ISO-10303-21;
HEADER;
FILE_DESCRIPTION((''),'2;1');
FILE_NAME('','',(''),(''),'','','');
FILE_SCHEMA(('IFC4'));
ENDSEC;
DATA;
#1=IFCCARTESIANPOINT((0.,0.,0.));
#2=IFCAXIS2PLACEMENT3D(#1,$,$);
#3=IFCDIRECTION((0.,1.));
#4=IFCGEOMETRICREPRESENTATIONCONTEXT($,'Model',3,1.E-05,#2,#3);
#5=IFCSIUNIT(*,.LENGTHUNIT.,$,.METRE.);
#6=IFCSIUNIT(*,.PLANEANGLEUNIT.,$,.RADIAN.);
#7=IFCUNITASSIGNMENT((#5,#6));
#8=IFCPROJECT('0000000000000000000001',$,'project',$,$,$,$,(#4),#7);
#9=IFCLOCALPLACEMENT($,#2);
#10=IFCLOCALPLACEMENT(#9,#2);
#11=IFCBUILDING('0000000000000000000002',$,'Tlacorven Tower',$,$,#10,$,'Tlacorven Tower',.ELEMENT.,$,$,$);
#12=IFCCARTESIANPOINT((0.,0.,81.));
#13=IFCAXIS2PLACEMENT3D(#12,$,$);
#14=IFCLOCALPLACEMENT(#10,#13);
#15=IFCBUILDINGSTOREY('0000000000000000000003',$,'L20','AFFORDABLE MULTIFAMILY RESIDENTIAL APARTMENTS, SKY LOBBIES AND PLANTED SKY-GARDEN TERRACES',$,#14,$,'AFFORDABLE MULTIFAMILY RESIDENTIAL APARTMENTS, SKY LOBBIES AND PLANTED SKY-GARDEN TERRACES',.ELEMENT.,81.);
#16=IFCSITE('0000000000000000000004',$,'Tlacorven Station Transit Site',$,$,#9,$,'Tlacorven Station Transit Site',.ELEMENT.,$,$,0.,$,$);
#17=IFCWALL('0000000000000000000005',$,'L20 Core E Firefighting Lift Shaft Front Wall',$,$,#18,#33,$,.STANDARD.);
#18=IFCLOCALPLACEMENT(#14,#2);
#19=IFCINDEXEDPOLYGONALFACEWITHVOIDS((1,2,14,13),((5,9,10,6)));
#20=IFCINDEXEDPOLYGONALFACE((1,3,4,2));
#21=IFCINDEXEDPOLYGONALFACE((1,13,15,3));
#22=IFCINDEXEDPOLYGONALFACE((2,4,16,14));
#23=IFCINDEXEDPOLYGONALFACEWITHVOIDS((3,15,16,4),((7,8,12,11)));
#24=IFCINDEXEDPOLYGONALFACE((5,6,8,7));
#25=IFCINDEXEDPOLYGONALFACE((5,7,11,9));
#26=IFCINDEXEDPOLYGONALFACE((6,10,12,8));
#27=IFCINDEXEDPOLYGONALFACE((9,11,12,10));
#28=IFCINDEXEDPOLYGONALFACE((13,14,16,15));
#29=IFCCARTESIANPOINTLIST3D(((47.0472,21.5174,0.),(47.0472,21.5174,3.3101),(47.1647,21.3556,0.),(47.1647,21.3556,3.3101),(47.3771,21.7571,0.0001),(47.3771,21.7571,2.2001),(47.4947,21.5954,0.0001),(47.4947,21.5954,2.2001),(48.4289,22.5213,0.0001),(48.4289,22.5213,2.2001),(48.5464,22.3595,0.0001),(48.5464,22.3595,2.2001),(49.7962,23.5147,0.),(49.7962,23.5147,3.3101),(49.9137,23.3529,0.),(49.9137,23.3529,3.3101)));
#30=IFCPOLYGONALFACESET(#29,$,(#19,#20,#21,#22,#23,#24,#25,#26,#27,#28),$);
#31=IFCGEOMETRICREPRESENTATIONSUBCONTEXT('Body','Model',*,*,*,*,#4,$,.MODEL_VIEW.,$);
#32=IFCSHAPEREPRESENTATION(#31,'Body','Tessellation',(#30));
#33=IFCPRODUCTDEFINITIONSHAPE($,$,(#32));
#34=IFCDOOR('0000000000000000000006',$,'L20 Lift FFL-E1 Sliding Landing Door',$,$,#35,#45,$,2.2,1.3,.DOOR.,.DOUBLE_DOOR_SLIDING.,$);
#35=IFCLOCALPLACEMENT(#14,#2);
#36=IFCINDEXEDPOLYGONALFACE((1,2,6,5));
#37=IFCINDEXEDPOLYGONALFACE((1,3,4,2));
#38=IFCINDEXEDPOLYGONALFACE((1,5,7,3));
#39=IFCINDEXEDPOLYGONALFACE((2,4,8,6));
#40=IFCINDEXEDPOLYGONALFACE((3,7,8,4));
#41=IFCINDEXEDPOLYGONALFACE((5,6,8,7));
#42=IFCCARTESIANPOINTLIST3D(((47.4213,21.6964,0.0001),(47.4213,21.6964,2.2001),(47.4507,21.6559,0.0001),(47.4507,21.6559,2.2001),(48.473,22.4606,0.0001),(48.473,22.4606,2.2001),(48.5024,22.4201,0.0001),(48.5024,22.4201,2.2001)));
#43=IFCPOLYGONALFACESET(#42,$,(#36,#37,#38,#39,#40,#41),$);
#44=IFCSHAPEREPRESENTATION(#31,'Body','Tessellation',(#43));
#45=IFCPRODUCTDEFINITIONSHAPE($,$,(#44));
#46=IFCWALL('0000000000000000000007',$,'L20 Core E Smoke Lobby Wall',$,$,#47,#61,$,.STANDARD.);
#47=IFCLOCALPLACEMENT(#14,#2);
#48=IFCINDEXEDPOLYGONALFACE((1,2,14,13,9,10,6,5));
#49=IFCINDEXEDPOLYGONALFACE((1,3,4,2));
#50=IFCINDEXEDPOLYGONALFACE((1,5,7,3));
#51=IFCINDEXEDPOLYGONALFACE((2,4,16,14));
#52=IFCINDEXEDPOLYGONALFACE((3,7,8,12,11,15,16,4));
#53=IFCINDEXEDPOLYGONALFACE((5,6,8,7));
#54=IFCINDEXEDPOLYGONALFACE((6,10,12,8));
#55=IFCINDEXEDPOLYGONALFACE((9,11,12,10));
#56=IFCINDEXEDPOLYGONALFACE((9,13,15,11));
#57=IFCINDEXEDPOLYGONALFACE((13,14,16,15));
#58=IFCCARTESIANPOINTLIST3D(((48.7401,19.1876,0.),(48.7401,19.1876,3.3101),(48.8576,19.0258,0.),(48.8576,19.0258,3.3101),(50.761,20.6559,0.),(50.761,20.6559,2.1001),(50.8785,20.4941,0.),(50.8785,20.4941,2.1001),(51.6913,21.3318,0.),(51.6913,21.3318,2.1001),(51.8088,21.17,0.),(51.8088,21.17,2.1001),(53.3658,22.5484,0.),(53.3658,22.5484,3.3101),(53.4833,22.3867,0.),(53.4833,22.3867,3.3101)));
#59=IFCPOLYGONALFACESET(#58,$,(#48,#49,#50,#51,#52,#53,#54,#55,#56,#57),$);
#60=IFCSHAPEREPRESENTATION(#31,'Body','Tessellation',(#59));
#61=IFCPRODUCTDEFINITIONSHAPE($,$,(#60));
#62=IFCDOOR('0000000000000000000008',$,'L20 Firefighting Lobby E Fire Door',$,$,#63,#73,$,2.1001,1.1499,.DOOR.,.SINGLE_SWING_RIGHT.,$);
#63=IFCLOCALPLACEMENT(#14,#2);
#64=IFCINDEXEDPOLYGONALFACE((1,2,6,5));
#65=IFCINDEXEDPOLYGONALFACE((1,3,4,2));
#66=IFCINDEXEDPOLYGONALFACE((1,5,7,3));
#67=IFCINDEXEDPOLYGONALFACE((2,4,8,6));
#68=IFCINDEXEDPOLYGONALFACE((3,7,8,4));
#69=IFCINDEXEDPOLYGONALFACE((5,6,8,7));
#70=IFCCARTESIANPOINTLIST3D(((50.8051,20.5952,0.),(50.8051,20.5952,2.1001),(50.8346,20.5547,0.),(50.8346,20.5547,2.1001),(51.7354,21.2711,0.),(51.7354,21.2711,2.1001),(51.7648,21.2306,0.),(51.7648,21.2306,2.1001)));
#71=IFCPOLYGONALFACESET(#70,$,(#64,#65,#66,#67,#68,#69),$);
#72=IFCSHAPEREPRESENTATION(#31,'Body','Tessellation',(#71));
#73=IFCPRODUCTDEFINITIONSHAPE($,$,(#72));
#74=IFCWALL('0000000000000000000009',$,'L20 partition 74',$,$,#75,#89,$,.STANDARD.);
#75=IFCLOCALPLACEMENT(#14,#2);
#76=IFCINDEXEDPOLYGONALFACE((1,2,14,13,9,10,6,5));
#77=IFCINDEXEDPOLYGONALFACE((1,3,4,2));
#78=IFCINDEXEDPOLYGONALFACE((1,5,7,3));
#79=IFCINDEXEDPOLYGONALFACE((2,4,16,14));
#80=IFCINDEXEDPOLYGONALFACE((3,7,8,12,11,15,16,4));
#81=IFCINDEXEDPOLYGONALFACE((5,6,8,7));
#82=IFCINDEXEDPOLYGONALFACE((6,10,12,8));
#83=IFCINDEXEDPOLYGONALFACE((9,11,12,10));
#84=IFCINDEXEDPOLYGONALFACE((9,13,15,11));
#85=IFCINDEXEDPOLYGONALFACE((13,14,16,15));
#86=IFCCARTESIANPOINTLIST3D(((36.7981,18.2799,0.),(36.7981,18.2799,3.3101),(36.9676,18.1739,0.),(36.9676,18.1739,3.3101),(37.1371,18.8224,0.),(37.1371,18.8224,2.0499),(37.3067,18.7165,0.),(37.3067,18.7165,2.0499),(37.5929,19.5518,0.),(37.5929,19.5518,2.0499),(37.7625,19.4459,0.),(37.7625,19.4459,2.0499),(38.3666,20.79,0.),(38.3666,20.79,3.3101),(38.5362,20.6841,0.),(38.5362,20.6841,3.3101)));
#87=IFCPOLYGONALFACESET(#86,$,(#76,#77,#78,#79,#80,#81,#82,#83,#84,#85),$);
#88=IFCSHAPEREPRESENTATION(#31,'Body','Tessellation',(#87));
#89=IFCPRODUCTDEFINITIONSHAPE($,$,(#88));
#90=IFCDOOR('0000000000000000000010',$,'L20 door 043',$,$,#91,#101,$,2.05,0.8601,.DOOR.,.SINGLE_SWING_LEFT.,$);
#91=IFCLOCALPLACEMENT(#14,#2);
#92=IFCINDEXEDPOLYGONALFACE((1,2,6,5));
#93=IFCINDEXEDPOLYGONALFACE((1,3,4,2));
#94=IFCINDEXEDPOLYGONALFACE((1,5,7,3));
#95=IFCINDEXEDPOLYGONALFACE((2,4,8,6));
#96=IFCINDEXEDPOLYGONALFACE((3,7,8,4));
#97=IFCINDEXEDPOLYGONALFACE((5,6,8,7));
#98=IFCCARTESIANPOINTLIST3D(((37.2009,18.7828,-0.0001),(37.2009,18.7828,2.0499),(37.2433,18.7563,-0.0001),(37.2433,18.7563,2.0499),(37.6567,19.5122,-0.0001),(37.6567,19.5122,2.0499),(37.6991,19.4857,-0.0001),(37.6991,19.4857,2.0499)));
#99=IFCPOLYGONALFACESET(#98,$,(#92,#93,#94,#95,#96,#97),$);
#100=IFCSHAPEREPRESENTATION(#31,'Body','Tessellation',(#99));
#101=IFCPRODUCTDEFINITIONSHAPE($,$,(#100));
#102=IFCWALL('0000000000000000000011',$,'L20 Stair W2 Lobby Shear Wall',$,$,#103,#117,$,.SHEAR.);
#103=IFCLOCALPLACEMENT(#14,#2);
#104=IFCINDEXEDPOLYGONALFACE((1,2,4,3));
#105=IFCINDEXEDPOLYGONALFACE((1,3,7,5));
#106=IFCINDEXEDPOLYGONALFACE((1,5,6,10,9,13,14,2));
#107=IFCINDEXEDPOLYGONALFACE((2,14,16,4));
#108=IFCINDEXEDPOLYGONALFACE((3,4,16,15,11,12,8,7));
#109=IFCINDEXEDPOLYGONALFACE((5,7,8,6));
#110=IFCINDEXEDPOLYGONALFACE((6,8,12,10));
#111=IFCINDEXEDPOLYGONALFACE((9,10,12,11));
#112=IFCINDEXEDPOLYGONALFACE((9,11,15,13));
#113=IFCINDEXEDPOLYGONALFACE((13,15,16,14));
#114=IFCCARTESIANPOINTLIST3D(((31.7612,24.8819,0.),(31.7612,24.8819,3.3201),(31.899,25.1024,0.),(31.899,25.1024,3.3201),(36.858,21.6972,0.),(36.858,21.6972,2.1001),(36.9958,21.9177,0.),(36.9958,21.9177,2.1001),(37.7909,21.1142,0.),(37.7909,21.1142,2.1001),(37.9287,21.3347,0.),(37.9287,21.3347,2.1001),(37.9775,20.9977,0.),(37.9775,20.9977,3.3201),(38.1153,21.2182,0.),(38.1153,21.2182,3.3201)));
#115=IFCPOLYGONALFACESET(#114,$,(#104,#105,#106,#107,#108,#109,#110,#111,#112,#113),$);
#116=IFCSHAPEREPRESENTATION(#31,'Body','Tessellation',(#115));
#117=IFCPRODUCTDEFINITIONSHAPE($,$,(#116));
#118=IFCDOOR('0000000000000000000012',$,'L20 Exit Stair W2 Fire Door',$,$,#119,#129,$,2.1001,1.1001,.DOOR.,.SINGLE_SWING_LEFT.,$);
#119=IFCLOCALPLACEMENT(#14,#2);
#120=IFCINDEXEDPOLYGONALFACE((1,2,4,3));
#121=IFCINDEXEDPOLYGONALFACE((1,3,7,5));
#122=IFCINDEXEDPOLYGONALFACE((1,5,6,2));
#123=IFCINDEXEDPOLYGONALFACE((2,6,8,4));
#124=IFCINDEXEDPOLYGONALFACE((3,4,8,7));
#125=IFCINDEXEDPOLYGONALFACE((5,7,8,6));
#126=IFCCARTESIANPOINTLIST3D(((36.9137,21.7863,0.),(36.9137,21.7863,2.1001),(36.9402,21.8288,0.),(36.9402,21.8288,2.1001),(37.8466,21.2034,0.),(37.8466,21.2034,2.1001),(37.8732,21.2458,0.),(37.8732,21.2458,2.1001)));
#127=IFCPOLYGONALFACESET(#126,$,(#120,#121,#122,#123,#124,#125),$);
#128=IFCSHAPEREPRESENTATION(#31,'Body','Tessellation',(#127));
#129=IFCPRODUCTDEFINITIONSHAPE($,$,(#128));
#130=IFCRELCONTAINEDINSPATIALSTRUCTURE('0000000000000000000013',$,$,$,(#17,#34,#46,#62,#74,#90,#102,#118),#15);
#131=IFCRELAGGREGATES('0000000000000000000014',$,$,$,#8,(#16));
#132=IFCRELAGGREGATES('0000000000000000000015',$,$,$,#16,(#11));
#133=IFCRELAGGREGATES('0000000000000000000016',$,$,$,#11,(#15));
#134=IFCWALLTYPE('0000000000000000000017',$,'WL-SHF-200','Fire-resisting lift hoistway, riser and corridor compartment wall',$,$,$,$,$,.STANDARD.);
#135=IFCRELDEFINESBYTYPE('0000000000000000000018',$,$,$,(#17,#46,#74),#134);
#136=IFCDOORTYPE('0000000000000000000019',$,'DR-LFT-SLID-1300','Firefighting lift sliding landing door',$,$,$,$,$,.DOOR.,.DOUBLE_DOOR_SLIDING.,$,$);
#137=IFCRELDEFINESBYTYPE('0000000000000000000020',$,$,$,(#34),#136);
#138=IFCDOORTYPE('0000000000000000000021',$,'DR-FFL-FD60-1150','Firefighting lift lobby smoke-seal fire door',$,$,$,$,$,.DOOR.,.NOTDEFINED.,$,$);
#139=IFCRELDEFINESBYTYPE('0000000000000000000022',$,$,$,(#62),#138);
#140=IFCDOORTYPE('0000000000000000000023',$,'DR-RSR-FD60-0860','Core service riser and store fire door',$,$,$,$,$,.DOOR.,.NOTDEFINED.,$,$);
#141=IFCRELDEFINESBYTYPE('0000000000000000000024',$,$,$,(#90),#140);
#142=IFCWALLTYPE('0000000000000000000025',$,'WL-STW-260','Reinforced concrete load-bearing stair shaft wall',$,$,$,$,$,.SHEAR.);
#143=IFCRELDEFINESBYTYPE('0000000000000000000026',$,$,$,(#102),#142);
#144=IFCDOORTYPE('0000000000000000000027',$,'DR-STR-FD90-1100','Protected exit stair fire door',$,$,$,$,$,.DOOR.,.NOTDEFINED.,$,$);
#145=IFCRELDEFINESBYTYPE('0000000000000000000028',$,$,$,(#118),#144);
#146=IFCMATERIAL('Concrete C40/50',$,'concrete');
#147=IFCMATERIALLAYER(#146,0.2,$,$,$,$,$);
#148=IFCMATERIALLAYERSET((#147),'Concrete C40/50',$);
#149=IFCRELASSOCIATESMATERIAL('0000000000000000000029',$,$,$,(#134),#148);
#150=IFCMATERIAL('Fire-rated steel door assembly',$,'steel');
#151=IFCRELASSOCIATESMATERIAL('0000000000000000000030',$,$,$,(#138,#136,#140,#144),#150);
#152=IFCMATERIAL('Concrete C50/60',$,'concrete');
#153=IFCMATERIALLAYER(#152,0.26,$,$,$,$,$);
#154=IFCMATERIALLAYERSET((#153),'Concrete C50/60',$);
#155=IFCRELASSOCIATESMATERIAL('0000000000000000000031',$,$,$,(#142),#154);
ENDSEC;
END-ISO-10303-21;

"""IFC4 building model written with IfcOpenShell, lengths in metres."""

from ifc_helpers import new_model, si_unit, direction, frame, frame_2d, origin, place, context, subcontext, project, spatial, rectangle, extrude, source, transform, mapped, material, layer, layer_set, type_object, element, fill, save


model = new_model("IFC4")

# Units and contexts
model_context = context("Model", 3, precision=1e-05, world=origin(), true_north=direction((0.0, 1.0)))
body_context = subcontext(model_context, "Body", "Model", "MODEL_VIEW")
ifc_project = project(units=[si_unit("LENGTHUNIT", "METRE"), si_unit("PLANEANGLEUNIT", "RADIAN")], contexts=[model_context])

# Site, building, storey
site_placement = place(None, origin())
site = spatial("IfcSite", under=ifc_project, at=site_placement, Name="Tlacorven Station Transit Site", LongName="Tlacorven Station Transit Site", CompositionType="ELEMENT", RefElevation=0.0)
building_placement = place(site_placement, origin())
building = spatial("IfcBuilding", under=site, at=building_placement, Name="Tlacorven Tower", LongName="Tlacorven Tower", CompositionType="ELEMENT")
storey_placement = place(building_placement, frame((0.0, 0.0, 81.0)))
storey = spatial("IfcBuildingStorey", under=building, at=storey_placement, Name="L20", Description="AFFORDABLE MULTIFAMILY RESIDENTIAL APARTMENTS, SKY LOBBIES AND PLANTED SKY-GARDEN TERRACES", LongName="AFFORDABLE MULTIFAMILY RESIDENTIAL APARTMENTS, SKY LOBBIES AND PLANTED SKY-GARDEN TERRACES", CompositionType="ELEMENT", Elevation=81.0)

# Shared definitions
ifc_material_1 = material(Name="Fire-rated steel door assembly", Category="steel")

# Walls, openings, doors
ifc_material_2 = material(Name="Concrete C40/50", Category="concrete")
ifc_layer_1 = layer(ifc_material_2, 0.2)
ifc_layer_set_1 = layer_set([ifc_layer_1], Name="Concrete C40/50")
wall_type_1 = type_object("IfcWallType", Name="WL-SHF-200", Description="Fire-resisting lift hoistway, riser and corridor compartment wall", PredefinedType="STANDARD", material=ifc_layer_set_1)
door_type_1 = type_object("IfcDoorType", Name="DR-FFL-FD60-1150", Description="Firefighting lift lobby smoke-seal fire door", OperationType="NOTDEFINED", PredefinedType="DOOR", material=ifc_material_1)
shared_shape_1 = source(origin(), body_context, "Body", "SweptSolid", [
    extrude(rectangle(XDim=1.1499, YDim=2.1001, at=frame_2d((0.575, 1.05))), frame((0.0, 0.0249, 0.0), z_axis=(0.0, -1.0, 0.0), x_axis=(1.0, 0.0, 0.0)), (0.0, 0.0, 1.0), 0.05),
])
wall_1_placement = place(storey_placement, frame((47.106, 21.4365, 0.0), z_axis=(0.0, 0.0, 1.0), x_axis=(0.809013, 0.587791, 0.0)))
wall_1 = element("IfcWall", 1, at=wall_1_placement, inside=storey, type_object=wall_type_1, Name="L20 Core E Firefighting Lift Shaft Front Wall", PredefinedType="STANDARD", context=body_context, shape_type="SweptSolid", body=[
    extrude(rectangle(XDim=3.3979, YDim=0.2, at=frame_2d((1.699, 0.0))), origin(), (0.0, 0.0, 1.0), 3.3101),
])
opening_1_placement = place(wall_1_placement, frame((0.408, 0.0, 0.0)))
opening_1 = element("IfcOpeningElement", 2, at=opening_1_placement, cuts=wall_1, PredefinedType="OPENING", context=body_context, shape_type="SweptSolid", body=[
    extrude(rectangle(XDim=1.3, YDim=2.2, at=frame_2d((0.6499, 1.1001))), frame((0.0, 0.1099, 0.0), z_axis=(0.0, -1.0, 0.0), x_axis=(1.0, 0.0, 0.0)), (0.0, 0.0, 1.0), 0.22),
])
door_type_2 = type_object("IfcDoorType", Name="DR-LFT-SLID-1300", Description="Firefighting lift sliding landing door", OperationType="DOUBLE_DOOR_SLIDING", PredefinedType="DOOR", material=ifc_material_1)
shared_shape_2 = source(origin(), body_context, "Body", "SweptSolid", [
    extrude(rectangle(XDim=1.3, YDim=2.2, at=frame_2d((0.6499, 1.1001))), frame((0.0, 0.0249, 0.0), z_axis=(0.0, -1.0, 0.0), x_axis=(1.0, 0.0, 0.0)), (0.0, 0.0, 1.0), 0.05),
])
door_1_placement = place(opening_1_placement, origin())
door_1 = element("IfcDoor", 3, at=door_1_placement, inside=storey, type_object=door_type_2, Name="L20 Lift FFL-E1 Sliding Landing Door", OperationType="DOUBLE_DOOR_SLIDING", OverallHeight=2.2, OverallWidth=1.3, PredefinedType="DOOR", context=body_context, shape_type="MappedRepresentation", body=[
    mapped(shared_shape_2, transform((0.0, 0.0, 0.0), scale=1.0)),
])
fill(opening_1, door_1)
wall_2_placement = place(storey_placement, frame((48.7988, 19.1067, 0.0), z_axis=(0.0, 0.0, 1.0), x_axis=(0.809013, 0.587791, 0.0)))
wall_2 = element("IfcWall", 4, at=wall_2_placement, inside=storey, type_object=wall_type_1, Name="L20 Core E Smoke Lobby Wall", PredefinedType="STANDARD", context=body_context, shape_type="SweptSolid", body=[
    extrude(rectangle(XDim=5.7178, YDim=0.2, at=frame_2d((2.8589, 0.0))), origin(), (0.0, 0.0, 1.0), 3.3101),
])
opening_2_placement = place(wall_2_placement, frame((2.498, 0.0, 0.0)))
opening_2 = element("IfcOpeningElement", 5, at=opening_2_placement, cuts=wall_2, PredefinedType="OPENING", context=body_context, shape_type="SweptSolid", body=[
    extrude(rectangle(XDim=1.1499, YDim=2.1001, at=frame_2d((0.575, 1.05))), frame((0.0, 0.1099, 0.0), z_axis=(0.0, -1.0, 0.0), x_axis=(1.0, 0.0, 0.0)), (0.0, 0.0, 1.0), 0.22),
])
door_2_placement = place(opening_2_placement, origin())
door_2 = element("IfcDoor", 6, at=door_2_placement, inside=storey, type_object=door_type_1, Name="L20 Firefighting Lobby E Fire Door", OperationType="SINGLE_SWING_RIGHT", OverallHeight=2.1001, OverallWidth=1.1499, PredefinedType="DOOR", context=body_context, shape_type="MappedRepresentation", body=[
    mapped(shared_shape_1, transform((0.0, 0.0, 0.0), scale=1.0)),
])
fill(opening_2, door_2)
wall_3_placement = place(storey_placement, frame((38.4514, 20.7371, 0.0), z_axis=(0.0, 0.0, 1.0), x_axis=(-0.529925, -0.848045, 0.0)))
wall_3 = element("IfcWall", 7, at=wall_3_placement, inside=storey, type_object=wall_type_1, Name="L20 partition 74", PredefinedType="STANDARD", context=body_context, shape_type="SweptSolid", body=[
    extrude(rectangle(XDim=2.96, YDim=0.2, at=frame_2d((1.48, 0.0))), origin(), (0.0, 0.0, 1.0), 3.3101),
])
opening_3_placement = place(wall_3_placement, frame((1.46, 0.0, 0.0)))
opening_3 = element("IfcOpeningElement", 8, at=opening_3_placement, cuts=wall_3, PredefinedType="OPENING", context=body_context, shape_type="SweptSolid", body=[
    extrude(rectangle(XDim=0.8601, YDim=2.05, at=frame_2d((0.4302, 1.0249))), frame((0.0, 0.1099, 0.0), z_axis=(0.0, -1.0, 0.0), x_axis=(1.0, 0.0, 0.0)), (0.0, 0.0, 1.0), 0.22),
])
door_type_3 = type_object("IfcDoorType", Name="DR-RSR-FD60-0860", Description="Core service riser and store fire door", OperationType="NOTDEFINED", PredefinedType="DOOR", material=ifc_material_1)
shared_shape_3 = source(origin(), body_context, "Body", "SweptSolid", [
    extrude(rectangle(XDim=0.8601, YDim=2.05, at=frame_2d((0.4302, 1.0249))), frame((0.0, 0.0249, 0.0), z_axis=(0.0, -1.0, 0.0), x_axis=(1.0, 0.0, 0.0)), (0.0, 0.0, 1.0), 0.05),
])
door_3_placement = place(opening_3_placement, frame((0.8601, 0.0, 0.0), z_axis=(0.0, 0.0, 1.0), x_axis=(-1.0, 0.0, 0.0)))
door_3 = element("IfcDoor", 9, at=door_3_placement, inside=storey, type_object=door_type_3, Name="L20 door 043", OperationType="SINGLE_SWING_LEFT", OverallHeight=2.05, OverallWidth=0.8601, PredefinedType="DOOR", context=body_context, shape_type="MappedRepresentation", body=[
    mapped(shared_shape_3, transform((0.0, 0.0, 0.0), scale=1.0)),
])
fill(opening_3, door_3)
ifc_material_3 = material(Name="Concrete C50/60", Category="concrete")
ifc_layer_2 = layer(ifc_material_3, 0.26)
ifc_layer_set_2 = layer_set([ifc_layer_2], Name="Concrete C50/60")
wall_type_2 = type_object("IfcWallType", Name="WL-STW-260", Description="Reinforced concrete load-bearing stair shaft wall", PredefinedType="SHEAR", material=ifc_layer_set_2)
wall_4_placement = place(storey_placement, frame((38.0464, 21.1079, 0.0), z_axis=(0.0, 0.0, 1.0), x_axis=(-0.848054, 0.529909, 0.0)))
wall_4 = element("IfcWall", 10, at=wall_4_placement, inside=storey, type_object=wall_type_2, Name="L20 Stair W2 Lobby Shear Wall", PredefinedType="SHEAR", context=body_context, shape_type="SweptSolid", body=[
    extrude(rectangle(XDim=7.3301, YDim=0.26, at=frame_2d((3.665, 0.0))), origin(), (0.0, 0.0, 1.0), 3.3201),
])
opening_4_placement = place(wall_4_placement, frame((0.22, 0.0, 0.0)))
opening_4 = element("IfcOpeningElement", 11, at=opening_4_placement, cuts=wall_4, PredefinedType="OPENING", context=body_context, shape_type="SweptSolid", body=[
    extrude(rectangle(XDim=1.1001, YDim=2.1001, at=frame_2d((0.55, 1.05))), frame((0.0, 0.1401, 0.0), z_axis=(0.0, -1.0, 0.0), x_axis=(1.0, 0.0, 0.0)), (0.0, 0.0, 1.0), 0.28),
])
door_type_4 = type_object("IfcDoorType", Name="DR-STR-FD90-1100", Description="Protected exit stair fire door", OperationType="NOTDEFINED", PredefinedType="DOOR", material=ifc_material_1)
shared_shape_4 = source(origin(), body_context, "Body", "SweptSolid", [
    extrude(rectangle(XDim=1.1001, YDim=2.1001, at=frame_2d((0.55, 1.05))), frame((0.0, 0.0249, 0.0), z_axis=(0.0, -1.0, 0.0), x_axis=(1.0, 0.0, 0.0)), (0.0, 0.0, 1.0), 0.05),
])
door_4_placement = place(opening_4_placement, origin())
door_4 = element("IfcDoor", 12, at=door_4_placement, inside=storey, type_object=door_type_4, Name="L20 Exit Stair W2 Fire Door", OperationType="SINGLE_SWING_LEFT", OverallHeight=2.1001, OverallWidth=1.1001, PredefinedType="DOOR", context=body_context, shape_type="MappedRepresentation", body=[
    mapped(shared_shape_4, transform((0.0, 0.0, 0.0), scale=1.0)),
])
fill(opening_4, door_4)

save(model, "model.ifc")
